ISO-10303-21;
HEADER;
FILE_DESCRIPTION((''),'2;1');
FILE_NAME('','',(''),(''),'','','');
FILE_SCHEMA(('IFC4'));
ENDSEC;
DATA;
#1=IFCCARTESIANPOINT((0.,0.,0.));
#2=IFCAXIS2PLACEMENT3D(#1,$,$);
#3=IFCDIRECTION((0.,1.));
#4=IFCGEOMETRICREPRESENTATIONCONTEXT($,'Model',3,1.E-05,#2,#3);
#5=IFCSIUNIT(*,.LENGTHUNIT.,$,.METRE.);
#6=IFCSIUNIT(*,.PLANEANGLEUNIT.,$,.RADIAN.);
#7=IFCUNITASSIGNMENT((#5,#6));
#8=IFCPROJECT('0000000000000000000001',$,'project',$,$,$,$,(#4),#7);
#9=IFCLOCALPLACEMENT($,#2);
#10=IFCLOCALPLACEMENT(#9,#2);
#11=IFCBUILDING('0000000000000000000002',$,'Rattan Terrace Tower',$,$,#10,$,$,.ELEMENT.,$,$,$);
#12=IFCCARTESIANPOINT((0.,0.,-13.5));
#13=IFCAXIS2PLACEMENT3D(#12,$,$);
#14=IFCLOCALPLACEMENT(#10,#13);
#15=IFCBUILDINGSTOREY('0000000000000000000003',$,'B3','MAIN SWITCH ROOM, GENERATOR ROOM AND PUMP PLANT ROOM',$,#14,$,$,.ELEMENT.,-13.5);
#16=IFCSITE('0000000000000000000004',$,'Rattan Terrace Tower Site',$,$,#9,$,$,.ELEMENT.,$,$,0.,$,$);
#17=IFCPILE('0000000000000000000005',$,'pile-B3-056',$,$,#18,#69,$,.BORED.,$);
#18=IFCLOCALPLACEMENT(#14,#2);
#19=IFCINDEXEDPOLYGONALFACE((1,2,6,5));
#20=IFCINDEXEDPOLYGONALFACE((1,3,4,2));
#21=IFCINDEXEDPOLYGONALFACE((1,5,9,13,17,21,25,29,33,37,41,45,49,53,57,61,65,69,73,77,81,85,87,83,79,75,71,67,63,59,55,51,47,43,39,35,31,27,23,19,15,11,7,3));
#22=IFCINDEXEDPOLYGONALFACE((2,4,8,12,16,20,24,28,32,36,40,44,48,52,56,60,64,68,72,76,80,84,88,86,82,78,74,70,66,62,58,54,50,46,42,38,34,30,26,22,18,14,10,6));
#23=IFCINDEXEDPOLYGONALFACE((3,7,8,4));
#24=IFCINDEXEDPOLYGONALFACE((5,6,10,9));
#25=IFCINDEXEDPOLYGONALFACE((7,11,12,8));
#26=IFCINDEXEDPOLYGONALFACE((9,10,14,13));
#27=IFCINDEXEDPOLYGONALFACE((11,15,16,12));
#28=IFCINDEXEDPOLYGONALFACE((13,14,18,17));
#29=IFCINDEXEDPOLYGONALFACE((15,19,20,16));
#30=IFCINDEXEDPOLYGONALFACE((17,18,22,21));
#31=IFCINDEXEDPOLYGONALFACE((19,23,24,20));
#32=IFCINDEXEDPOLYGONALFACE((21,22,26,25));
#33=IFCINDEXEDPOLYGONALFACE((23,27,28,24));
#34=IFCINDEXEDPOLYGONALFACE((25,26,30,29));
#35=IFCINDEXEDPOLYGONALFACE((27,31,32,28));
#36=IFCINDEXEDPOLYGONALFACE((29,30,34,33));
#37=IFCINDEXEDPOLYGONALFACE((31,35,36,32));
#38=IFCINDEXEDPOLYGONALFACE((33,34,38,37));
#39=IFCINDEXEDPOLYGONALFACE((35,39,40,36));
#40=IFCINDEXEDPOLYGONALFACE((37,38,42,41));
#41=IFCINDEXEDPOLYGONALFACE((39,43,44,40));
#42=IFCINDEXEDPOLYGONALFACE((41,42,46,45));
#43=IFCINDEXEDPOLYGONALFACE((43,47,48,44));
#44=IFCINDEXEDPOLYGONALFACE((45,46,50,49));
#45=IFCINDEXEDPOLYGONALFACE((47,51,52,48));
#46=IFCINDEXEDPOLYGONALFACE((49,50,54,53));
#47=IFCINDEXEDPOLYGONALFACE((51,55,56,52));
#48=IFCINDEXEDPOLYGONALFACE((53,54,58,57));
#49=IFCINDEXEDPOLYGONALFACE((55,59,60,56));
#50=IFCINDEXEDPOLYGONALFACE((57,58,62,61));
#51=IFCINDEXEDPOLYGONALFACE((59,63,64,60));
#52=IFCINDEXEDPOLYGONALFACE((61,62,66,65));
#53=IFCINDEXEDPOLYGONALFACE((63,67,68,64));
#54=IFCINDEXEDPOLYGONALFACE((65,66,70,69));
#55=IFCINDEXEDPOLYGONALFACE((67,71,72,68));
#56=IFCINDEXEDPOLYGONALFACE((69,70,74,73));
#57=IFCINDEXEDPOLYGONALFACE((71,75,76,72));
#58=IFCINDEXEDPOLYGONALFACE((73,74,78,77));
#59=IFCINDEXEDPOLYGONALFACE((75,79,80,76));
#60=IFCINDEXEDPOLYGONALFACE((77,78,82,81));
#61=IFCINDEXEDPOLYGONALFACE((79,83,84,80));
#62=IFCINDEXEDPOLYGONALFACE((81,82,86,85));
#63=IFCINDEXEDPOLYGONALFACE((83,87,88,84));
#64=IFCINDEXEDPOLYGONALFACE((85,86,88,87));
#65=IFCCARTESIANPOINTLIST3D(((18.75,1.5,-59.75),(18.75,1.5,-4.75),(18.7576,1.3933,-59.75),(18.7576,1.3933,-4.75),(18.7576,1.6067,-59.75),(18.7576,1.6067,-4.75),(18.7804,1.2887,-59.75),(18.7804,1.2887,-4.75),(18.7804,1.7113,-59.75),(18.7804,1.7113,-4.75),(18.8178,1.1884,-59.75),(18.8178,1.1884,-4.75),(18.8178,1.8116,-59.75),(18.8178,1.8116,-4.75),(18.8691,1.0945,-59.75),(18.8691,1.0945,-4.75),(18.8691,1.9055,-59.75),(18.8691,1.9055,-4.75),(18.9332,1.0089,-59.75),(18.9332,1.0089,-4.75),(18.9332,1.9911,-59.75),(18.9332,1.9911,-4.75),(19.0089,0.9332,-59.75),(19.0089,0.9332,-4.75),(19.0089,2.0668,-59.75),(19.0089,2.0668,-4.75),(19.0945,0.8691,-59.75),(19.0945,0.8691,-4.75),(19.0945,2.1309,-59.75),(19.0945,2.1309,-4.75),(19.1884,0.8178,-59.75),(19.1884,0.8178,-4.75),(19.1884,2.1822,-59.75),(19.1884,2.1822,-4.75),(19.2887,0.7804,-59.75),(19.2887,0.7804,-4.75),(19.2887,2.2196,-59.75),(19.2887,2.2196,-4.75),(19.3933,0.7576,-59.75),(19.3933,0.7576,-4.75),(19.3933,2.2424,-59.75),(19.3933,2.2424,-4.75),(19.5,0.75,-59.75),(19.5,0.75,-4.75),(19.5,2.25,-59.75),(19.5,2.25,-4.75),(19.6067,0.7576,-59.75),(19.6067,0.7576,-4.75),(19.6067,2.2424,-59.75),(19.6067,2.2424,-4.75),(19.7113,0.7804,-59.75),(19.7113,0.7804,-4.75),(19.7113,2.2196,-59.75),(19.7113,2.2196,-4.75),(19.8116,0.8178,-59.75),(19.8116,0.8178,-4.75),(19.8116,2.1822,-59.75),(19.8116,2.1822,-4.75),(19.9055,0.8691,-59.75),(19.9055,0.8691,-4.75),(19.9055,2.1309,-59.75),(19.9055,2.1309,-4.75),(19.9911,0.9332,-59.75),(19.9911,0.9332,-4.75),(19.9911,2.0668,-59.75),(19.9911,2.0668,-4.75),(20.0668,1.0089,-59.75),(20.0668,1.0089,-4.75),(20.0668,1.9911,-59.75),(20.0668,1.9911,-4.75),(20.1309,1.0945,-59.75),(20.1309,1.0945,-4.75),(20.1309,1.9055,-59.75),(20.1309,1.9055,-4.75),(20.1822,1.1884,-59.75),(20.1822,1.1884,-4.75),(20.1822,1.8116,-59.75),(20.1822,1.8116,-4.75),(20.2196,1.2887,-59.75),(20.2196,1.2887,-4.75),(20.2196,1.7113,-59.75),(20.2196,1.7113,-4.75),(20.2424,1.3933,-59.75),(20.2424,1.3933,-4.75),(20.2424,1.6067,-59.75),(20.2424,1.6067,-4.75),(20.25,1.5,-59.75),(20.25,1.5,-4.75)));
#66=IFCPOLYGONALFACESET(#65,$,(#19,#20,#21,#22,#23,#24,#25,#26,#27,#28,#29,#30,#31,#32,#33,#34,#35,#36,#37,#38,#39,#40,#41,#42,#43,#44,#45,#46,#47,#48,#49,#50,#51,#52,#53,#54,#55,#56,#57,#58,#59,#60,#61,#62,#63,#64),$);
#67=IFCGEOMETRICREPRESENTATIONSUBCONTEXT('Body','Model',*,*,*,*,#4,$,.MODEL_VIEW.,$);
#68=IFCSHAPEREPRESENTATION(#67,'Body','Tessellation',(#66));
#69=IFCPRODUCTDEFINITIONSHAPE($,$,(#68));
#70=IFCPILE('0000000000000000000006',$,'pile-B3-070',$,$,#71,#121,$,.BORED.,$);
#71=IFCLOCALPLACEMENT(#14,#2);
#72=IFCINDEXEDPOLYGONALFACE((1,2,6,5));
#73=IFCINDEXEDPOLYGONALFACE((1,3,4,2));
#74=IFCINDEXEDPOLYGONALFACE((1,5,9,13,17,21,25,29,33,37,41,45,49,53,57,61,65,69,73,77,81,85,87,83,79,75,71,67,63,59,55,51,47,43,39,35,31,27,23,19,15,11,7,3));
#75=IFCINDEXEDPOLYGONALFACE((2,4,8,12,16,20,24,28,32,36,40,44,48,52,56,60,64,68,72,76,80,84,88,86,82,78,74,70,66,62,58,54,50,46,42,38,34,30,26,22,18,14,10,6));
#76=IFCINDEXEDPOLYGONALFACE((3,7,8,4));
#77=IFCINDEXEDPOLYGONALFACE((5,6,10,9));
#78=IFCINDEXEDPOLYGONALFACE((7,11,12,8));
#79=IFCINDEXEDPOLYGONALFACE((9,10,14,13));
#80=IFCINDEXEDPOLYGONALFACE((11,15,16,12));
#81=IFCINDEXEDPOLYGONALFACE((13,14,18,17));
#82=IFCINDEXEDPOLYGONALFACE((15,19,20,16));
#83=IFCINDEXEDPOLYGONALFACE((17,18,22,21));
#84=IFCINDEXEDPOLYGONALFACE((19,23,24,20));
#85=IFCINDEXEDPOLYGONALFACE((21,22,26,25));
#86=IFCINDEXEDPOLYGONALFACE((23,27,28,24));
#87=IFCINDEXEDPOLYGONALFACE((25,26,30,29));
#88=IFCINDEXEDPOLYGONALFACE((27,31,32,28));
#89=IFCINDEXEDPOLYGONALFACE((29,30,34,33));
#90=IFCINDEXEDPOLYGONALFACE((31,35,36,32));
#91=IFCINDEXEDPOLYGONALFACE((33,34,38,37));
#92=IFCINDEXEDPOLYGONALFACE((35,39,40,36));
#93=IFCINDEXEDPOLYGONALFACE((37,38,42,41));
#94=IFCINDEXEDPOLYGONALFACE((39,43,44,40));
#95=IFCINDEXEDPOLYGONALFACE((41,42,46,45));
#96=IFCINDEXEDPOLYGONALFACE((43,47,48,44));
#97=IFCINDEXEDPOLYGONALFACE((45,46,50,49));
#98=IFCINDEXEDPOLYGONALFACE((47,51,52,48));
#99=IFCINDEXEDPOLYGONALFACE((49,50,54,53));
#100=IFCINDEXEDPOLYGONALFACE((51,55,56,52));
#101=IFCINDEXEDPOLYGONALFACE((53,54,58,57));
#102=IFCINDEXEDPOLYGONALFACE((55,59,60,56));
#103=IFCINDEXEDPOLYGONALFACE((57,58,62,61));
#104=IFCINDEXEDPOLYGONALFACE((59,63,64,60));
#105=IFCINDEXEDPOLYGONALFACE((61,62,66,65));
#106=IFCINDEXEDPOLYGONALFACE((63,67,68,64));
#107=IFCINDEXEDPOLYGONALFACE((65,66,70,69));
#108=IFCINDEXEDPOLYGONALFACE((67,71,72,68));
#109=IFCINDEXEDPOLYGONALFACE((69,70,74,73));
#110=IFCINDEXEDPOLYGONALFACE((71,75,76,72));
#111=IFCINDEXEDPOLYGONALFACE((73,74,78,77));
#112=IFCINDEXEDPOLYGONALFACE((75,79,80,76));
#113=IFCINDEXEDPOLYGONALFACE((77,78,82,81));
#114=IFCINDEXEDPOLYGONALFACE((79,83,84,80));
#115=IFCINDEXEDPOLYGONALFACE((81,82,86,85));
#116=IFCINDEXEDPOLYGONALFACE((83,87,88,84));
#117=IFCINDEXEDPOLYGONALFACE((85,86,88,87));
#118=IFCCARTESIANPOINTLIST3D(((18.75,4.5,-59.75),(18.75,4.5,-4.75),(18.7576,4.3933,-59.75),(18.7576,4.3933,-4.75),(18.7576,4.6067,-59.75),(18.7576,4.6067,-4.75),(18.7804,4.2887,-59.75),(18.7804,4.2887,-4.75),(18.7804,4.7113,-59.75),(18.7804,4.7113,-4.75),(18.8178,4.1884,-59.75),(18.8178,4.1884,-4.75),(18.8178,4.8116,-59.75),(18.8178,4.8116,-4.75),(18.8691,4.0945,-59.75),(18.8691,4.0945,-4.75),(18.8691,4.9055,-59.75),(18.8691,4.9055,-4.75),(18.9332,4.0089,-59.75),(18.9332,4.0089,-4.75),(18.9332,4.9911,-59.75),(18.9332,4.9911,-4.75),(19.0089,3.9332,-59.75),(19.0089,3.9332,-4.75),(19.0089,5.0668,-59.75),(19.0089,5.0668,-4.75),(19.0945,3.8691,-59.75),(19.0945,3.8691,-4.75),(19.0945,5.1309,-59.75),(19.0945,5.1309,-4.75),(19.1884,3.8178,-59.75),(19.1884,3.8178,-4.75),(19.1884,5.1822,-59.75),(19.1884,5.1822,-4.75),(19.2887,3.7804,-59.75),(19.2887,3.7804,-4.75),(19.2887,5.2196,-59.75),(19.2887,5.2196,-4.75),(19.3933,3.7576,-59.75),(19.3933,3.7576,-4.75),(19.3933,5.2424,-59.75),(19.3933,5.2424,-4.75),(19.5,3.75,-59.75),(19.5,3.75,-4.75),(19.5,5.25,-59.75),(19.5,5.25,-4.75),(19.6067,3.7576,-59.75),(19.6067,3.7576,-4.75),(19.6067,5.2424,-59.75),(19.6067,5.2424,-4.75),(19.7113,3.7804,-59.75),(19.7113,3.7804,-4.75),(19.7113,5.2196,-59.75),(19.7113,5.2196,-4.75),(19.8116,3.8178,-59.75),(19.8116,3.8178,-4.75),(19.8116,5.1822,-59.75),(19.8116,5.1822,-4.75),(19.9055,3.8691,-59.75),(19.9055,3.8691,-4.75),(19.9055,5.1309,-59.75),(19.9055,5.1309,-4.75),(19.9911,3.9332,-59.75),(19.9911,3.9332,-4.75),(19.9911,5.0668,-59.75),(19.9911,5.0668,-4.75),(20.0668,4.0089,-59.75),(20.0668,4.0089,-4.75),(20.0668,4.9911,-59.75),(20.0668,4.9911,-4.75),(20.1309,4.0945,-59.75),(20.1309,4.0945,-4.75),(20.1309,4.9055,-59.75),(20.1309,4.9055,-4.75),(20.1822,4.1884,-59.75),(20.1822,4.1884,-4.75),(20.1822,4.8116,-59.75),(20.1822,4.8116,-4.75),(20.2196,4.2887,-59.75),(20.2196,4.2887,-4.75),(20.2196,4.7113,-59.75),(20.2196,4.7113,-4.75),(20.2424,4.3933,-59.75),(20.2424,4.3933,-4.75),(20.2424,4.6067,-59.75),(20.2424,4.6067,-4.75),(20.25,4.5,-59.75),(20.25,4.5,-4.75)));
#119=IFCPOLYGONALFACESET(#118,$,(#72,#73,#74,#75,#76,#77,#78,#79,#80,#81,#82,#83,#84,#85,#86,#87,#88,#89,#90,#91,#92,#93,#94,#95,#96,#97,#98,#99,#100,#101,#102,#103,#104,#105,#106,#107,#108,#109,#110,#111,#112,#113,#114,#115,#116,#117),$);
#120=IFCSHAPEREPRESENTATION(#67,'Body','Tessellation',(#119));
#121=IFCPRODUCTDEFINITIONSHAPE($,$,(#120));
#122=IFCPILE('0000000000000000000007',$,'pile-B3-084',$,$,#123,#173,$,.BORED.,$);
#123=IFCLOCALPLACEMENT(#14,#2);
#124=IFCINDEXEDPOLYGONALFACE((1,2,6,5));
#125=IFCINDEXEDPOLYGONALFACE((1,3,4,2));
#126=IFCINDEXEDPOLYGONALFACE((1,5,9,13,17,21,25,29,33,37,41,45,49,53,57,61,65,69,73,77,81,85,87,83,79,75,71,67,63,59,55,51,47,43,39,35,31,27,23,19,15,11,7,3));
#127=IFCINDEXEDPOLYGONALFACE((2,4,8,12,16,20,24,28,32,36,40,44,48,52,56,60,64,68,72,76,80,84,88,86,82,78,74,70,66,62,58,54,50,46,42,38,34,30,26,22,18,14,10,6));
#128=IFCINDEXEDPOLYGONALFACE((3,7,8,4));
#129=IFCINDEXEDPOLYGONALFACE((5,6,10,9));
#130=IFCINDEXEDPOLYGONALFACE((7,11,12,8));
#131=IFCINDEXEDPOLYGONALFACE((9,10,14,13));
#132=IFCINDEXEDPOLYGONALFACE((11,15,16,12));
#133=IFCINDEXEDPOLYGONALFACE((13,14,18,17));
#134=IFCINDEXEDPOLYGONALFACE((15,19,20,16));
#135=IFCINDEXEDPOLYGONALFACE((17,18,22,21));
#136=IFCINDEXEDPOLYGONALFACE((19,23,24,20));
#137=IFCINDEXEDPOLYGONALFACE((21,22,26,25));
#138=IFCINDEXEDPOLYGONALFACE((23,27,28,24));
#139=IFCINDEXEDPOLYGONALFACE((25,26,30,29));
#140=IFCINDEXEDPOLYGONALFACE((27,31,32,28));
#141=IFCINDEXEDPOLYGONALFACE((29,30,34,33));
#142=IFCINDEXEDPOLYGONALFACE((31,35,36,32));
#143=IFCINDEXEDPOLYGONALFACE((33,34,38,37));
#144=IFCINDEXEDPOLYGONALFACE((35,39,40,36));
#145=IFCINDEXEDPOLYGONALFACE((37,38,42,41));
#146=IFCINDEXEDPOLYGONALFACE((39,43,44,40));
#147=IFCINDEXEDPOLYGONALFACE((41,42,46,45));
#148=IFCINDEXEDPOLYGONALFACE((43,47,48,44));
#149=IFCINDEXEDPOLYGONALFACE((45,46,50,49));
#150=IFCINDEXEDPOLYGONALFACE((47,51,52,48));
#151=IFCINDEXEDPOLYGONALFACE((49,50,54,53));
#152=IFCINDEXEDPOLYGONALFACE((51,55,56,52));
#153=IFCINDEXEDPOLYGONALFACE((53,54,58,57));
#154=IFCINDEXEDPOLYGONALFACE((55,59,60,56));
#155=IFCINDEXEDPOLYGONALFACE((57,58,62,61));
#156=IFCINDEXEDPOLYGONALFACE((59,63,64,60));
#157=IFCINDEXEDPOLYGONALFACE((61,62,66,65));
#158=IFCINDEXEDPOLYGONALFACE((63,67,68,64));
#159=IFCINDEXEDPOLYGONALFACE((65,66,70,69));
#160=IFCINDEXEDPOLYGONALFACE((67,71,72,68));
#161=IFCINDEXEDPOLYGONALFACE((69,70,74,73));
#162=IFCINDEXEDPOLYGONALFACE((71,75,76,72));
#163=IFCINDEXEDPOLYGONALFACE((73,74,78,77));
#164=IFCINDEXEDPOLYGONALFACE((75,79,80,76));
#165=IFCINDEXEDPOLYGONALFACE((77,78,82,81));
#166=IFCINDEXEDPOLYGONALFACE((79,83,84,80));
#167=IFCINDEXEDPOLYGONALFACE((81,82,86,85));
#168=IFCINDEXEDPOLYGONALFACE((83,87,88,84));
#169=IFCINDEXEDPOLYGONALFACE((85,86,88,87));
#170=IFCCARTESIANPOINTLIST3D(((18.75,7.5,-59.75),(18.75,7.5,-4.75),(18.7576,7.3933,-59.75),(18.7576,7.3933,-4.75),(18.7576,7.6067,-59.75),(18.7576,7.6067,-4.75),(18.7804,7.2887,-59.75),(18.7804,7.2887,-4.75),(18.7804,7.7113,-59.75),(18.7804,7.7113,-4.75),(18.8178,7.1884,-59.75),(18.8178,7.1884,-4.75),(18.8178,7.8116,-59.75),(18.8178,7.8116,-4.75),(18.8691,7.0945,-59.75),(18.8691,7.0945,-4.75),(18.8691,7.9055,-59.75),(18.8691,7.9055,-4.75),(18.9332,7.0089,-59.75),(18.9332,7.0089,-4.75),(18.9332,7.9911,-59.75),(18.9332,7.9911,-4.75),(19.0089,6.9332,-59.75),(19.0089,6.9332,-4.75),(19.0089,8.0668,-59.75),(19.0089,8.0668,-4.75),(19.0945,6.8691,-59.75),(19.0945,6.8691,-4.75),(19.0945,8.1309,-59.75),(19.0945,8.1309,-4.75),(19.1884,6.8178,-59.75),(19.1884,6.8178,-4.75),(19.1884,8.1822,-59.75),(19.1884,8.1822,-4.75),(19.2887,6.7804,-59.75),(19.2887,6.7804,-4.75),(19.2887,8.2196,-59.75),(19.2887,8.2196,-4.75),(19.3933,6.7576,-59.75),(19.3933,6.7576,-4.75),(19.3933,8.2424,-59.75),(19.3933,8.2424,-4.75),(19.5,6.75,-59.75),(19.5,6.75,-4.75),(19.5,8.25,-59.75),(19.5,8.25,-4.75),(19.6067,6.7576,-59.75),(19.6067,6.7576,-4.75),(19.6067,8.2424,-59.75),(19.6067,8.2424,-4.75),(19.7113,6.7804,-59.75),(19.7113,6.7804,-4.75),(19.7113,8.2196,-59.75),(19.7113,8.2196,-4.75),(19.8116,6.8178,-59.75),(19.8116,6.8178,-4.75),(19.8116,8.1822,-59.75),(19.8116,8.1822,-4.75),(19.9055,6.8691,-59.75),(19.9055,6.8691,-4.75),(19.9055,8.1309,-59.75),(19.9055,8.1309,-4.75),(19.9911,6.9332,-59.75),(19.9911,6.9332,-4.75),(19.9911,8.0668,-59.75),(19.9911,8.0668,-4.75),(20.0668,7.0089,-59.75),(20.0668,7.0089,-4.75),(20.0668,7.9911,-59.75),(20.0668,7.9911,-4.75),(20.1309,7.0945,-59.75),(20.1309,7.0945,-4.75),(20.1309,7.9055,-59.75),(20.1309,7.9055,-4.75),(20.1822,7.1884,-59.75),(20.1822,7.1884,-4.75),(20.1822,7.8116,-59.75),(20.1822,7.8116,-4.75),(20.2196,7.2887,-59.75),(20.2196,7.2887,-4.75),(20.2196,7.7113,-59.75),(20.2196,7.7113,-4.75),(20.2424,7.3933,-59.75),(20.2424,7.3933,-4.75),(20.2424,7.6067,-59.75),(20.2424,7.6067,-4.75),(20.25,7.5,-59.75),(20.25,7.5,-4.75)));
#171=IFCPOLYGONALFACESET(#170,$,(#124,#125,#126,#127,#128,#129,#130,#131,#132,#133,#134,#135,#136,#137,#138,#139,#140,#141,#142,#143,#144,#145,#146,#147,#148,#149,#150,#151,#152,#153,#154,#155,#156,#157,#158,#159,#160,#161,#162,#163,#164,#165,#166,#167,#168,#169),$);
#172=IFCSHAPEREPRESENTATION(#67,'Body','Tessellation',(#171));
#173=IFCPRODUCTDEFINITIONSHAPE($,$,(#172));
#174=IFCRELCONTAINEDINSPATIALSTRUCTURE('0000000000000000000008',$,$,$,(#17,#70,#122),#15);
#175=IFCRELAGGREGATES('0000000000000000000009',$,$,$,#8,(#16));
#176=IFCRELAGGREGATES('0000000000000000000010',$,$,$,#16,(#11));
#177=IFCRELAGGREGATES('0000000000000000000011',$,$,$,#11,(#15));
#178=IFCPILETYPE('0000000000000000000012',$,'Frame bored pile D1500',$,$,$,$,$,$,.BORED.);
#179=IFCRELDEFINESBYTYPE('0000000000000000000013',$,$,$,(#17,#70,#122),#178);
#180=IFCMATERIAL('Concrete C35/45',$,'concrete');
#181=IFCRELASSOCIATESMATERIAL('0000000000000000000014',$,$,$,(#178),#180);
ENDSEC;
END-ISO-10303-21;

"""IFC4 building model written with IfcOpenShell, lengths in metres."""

from ifc_helpers import new_model, si_unit, direction, frame, origin, origin_2d, place, context, subcontext, project, spatial, circle, extrude, material, material_profile, profile_set, type_object, element, save


model = new_model("IFC4")

# Units and contexts
model_context = context("Model", 3, precision=1e-05, world=origin(), true_north=direction((0.0, 1.0)))
body_context = subcontext(model_context, "Body", "Model", "MODEL_VIEW")
ifc_project = project(units=[si_unit("LENGTHUNIT", "METRE"), si_unit("PLANEANGLEUNIT", "RADIAN")], contexts=[model_context])

# Site, building, storey
site_placement = place(None, origin())
site = spatial("IfcSite", under=ifc_project, at=site_placement, Name="Rattan Terrace Tower Site", CompositionType="ELEMENT", RefElevation=0.0)
building_placement = place(site_placement, origin())
building = spatial("IfcBuilding", under=site, at=building_placement, Name="Rattan Terrace Tower", CompositionType="ELEMENT")
storey_placement = place(building_placement, frame((0.0, 0.0, -13.5)))
storey = spatial("IfcBuildingStorey", under=building, at=storey_placement, Name="B3", Description="MAIN SWITCH ROOM, GENERATOR ROOM AND PUMP PLANT ROOM", CompositionType="ELEMENT", Elevation=-13.5)

# Piles
ifc_material_1 = material(Name="Concrete C35/45", Category="concrete")
ifc_material_profile_1 = material_profile(ifc_material_1, circle(Radius=0.75, at=origin_2d()), Name="PILE D1500")
ifc_profile_set_1 = profile_set([ifc_material_profile_1], Name="Concrete C35/45")
pile_type = type_object("IfcPileType", Name="Frame bored pile D1500", PredefinedType="BORED", material=ifc_profile_set_1)
for number, where, z_axis, x_axis, name in (
    (1, (19.5, 1.5, -4.75), (0.0, 0.0, -1.0), (1.0, 0.0, 0.0), "pile-B3-056"),
    (2, (19.5, 4.5, -4.75), (0.0, 0.0, -1.0), (1.0, 0.0, 0.0), "pile-B3-070"),
    (3, (19.5, 7.5, -4.75), (0.0, 0.0, -1.0), (1.0, 0.0, 0.0), "pile-B3-084"),
):
    element("IfcPile", number, at=place(storey_placement, frame(where, z_axis=z_axis, x_axis=x_axis)), inside=storey, type_object=pile_type, Name=name, PredefinedType="BORED", context=body_context, shape_type="SweptSolid", body=[
        extrude(circle(Radius=0.75, at=origin_2d()), origin(), (0.0, 0.0, 1.0), 55.0),
    ])

save(model, "model.ifc")
